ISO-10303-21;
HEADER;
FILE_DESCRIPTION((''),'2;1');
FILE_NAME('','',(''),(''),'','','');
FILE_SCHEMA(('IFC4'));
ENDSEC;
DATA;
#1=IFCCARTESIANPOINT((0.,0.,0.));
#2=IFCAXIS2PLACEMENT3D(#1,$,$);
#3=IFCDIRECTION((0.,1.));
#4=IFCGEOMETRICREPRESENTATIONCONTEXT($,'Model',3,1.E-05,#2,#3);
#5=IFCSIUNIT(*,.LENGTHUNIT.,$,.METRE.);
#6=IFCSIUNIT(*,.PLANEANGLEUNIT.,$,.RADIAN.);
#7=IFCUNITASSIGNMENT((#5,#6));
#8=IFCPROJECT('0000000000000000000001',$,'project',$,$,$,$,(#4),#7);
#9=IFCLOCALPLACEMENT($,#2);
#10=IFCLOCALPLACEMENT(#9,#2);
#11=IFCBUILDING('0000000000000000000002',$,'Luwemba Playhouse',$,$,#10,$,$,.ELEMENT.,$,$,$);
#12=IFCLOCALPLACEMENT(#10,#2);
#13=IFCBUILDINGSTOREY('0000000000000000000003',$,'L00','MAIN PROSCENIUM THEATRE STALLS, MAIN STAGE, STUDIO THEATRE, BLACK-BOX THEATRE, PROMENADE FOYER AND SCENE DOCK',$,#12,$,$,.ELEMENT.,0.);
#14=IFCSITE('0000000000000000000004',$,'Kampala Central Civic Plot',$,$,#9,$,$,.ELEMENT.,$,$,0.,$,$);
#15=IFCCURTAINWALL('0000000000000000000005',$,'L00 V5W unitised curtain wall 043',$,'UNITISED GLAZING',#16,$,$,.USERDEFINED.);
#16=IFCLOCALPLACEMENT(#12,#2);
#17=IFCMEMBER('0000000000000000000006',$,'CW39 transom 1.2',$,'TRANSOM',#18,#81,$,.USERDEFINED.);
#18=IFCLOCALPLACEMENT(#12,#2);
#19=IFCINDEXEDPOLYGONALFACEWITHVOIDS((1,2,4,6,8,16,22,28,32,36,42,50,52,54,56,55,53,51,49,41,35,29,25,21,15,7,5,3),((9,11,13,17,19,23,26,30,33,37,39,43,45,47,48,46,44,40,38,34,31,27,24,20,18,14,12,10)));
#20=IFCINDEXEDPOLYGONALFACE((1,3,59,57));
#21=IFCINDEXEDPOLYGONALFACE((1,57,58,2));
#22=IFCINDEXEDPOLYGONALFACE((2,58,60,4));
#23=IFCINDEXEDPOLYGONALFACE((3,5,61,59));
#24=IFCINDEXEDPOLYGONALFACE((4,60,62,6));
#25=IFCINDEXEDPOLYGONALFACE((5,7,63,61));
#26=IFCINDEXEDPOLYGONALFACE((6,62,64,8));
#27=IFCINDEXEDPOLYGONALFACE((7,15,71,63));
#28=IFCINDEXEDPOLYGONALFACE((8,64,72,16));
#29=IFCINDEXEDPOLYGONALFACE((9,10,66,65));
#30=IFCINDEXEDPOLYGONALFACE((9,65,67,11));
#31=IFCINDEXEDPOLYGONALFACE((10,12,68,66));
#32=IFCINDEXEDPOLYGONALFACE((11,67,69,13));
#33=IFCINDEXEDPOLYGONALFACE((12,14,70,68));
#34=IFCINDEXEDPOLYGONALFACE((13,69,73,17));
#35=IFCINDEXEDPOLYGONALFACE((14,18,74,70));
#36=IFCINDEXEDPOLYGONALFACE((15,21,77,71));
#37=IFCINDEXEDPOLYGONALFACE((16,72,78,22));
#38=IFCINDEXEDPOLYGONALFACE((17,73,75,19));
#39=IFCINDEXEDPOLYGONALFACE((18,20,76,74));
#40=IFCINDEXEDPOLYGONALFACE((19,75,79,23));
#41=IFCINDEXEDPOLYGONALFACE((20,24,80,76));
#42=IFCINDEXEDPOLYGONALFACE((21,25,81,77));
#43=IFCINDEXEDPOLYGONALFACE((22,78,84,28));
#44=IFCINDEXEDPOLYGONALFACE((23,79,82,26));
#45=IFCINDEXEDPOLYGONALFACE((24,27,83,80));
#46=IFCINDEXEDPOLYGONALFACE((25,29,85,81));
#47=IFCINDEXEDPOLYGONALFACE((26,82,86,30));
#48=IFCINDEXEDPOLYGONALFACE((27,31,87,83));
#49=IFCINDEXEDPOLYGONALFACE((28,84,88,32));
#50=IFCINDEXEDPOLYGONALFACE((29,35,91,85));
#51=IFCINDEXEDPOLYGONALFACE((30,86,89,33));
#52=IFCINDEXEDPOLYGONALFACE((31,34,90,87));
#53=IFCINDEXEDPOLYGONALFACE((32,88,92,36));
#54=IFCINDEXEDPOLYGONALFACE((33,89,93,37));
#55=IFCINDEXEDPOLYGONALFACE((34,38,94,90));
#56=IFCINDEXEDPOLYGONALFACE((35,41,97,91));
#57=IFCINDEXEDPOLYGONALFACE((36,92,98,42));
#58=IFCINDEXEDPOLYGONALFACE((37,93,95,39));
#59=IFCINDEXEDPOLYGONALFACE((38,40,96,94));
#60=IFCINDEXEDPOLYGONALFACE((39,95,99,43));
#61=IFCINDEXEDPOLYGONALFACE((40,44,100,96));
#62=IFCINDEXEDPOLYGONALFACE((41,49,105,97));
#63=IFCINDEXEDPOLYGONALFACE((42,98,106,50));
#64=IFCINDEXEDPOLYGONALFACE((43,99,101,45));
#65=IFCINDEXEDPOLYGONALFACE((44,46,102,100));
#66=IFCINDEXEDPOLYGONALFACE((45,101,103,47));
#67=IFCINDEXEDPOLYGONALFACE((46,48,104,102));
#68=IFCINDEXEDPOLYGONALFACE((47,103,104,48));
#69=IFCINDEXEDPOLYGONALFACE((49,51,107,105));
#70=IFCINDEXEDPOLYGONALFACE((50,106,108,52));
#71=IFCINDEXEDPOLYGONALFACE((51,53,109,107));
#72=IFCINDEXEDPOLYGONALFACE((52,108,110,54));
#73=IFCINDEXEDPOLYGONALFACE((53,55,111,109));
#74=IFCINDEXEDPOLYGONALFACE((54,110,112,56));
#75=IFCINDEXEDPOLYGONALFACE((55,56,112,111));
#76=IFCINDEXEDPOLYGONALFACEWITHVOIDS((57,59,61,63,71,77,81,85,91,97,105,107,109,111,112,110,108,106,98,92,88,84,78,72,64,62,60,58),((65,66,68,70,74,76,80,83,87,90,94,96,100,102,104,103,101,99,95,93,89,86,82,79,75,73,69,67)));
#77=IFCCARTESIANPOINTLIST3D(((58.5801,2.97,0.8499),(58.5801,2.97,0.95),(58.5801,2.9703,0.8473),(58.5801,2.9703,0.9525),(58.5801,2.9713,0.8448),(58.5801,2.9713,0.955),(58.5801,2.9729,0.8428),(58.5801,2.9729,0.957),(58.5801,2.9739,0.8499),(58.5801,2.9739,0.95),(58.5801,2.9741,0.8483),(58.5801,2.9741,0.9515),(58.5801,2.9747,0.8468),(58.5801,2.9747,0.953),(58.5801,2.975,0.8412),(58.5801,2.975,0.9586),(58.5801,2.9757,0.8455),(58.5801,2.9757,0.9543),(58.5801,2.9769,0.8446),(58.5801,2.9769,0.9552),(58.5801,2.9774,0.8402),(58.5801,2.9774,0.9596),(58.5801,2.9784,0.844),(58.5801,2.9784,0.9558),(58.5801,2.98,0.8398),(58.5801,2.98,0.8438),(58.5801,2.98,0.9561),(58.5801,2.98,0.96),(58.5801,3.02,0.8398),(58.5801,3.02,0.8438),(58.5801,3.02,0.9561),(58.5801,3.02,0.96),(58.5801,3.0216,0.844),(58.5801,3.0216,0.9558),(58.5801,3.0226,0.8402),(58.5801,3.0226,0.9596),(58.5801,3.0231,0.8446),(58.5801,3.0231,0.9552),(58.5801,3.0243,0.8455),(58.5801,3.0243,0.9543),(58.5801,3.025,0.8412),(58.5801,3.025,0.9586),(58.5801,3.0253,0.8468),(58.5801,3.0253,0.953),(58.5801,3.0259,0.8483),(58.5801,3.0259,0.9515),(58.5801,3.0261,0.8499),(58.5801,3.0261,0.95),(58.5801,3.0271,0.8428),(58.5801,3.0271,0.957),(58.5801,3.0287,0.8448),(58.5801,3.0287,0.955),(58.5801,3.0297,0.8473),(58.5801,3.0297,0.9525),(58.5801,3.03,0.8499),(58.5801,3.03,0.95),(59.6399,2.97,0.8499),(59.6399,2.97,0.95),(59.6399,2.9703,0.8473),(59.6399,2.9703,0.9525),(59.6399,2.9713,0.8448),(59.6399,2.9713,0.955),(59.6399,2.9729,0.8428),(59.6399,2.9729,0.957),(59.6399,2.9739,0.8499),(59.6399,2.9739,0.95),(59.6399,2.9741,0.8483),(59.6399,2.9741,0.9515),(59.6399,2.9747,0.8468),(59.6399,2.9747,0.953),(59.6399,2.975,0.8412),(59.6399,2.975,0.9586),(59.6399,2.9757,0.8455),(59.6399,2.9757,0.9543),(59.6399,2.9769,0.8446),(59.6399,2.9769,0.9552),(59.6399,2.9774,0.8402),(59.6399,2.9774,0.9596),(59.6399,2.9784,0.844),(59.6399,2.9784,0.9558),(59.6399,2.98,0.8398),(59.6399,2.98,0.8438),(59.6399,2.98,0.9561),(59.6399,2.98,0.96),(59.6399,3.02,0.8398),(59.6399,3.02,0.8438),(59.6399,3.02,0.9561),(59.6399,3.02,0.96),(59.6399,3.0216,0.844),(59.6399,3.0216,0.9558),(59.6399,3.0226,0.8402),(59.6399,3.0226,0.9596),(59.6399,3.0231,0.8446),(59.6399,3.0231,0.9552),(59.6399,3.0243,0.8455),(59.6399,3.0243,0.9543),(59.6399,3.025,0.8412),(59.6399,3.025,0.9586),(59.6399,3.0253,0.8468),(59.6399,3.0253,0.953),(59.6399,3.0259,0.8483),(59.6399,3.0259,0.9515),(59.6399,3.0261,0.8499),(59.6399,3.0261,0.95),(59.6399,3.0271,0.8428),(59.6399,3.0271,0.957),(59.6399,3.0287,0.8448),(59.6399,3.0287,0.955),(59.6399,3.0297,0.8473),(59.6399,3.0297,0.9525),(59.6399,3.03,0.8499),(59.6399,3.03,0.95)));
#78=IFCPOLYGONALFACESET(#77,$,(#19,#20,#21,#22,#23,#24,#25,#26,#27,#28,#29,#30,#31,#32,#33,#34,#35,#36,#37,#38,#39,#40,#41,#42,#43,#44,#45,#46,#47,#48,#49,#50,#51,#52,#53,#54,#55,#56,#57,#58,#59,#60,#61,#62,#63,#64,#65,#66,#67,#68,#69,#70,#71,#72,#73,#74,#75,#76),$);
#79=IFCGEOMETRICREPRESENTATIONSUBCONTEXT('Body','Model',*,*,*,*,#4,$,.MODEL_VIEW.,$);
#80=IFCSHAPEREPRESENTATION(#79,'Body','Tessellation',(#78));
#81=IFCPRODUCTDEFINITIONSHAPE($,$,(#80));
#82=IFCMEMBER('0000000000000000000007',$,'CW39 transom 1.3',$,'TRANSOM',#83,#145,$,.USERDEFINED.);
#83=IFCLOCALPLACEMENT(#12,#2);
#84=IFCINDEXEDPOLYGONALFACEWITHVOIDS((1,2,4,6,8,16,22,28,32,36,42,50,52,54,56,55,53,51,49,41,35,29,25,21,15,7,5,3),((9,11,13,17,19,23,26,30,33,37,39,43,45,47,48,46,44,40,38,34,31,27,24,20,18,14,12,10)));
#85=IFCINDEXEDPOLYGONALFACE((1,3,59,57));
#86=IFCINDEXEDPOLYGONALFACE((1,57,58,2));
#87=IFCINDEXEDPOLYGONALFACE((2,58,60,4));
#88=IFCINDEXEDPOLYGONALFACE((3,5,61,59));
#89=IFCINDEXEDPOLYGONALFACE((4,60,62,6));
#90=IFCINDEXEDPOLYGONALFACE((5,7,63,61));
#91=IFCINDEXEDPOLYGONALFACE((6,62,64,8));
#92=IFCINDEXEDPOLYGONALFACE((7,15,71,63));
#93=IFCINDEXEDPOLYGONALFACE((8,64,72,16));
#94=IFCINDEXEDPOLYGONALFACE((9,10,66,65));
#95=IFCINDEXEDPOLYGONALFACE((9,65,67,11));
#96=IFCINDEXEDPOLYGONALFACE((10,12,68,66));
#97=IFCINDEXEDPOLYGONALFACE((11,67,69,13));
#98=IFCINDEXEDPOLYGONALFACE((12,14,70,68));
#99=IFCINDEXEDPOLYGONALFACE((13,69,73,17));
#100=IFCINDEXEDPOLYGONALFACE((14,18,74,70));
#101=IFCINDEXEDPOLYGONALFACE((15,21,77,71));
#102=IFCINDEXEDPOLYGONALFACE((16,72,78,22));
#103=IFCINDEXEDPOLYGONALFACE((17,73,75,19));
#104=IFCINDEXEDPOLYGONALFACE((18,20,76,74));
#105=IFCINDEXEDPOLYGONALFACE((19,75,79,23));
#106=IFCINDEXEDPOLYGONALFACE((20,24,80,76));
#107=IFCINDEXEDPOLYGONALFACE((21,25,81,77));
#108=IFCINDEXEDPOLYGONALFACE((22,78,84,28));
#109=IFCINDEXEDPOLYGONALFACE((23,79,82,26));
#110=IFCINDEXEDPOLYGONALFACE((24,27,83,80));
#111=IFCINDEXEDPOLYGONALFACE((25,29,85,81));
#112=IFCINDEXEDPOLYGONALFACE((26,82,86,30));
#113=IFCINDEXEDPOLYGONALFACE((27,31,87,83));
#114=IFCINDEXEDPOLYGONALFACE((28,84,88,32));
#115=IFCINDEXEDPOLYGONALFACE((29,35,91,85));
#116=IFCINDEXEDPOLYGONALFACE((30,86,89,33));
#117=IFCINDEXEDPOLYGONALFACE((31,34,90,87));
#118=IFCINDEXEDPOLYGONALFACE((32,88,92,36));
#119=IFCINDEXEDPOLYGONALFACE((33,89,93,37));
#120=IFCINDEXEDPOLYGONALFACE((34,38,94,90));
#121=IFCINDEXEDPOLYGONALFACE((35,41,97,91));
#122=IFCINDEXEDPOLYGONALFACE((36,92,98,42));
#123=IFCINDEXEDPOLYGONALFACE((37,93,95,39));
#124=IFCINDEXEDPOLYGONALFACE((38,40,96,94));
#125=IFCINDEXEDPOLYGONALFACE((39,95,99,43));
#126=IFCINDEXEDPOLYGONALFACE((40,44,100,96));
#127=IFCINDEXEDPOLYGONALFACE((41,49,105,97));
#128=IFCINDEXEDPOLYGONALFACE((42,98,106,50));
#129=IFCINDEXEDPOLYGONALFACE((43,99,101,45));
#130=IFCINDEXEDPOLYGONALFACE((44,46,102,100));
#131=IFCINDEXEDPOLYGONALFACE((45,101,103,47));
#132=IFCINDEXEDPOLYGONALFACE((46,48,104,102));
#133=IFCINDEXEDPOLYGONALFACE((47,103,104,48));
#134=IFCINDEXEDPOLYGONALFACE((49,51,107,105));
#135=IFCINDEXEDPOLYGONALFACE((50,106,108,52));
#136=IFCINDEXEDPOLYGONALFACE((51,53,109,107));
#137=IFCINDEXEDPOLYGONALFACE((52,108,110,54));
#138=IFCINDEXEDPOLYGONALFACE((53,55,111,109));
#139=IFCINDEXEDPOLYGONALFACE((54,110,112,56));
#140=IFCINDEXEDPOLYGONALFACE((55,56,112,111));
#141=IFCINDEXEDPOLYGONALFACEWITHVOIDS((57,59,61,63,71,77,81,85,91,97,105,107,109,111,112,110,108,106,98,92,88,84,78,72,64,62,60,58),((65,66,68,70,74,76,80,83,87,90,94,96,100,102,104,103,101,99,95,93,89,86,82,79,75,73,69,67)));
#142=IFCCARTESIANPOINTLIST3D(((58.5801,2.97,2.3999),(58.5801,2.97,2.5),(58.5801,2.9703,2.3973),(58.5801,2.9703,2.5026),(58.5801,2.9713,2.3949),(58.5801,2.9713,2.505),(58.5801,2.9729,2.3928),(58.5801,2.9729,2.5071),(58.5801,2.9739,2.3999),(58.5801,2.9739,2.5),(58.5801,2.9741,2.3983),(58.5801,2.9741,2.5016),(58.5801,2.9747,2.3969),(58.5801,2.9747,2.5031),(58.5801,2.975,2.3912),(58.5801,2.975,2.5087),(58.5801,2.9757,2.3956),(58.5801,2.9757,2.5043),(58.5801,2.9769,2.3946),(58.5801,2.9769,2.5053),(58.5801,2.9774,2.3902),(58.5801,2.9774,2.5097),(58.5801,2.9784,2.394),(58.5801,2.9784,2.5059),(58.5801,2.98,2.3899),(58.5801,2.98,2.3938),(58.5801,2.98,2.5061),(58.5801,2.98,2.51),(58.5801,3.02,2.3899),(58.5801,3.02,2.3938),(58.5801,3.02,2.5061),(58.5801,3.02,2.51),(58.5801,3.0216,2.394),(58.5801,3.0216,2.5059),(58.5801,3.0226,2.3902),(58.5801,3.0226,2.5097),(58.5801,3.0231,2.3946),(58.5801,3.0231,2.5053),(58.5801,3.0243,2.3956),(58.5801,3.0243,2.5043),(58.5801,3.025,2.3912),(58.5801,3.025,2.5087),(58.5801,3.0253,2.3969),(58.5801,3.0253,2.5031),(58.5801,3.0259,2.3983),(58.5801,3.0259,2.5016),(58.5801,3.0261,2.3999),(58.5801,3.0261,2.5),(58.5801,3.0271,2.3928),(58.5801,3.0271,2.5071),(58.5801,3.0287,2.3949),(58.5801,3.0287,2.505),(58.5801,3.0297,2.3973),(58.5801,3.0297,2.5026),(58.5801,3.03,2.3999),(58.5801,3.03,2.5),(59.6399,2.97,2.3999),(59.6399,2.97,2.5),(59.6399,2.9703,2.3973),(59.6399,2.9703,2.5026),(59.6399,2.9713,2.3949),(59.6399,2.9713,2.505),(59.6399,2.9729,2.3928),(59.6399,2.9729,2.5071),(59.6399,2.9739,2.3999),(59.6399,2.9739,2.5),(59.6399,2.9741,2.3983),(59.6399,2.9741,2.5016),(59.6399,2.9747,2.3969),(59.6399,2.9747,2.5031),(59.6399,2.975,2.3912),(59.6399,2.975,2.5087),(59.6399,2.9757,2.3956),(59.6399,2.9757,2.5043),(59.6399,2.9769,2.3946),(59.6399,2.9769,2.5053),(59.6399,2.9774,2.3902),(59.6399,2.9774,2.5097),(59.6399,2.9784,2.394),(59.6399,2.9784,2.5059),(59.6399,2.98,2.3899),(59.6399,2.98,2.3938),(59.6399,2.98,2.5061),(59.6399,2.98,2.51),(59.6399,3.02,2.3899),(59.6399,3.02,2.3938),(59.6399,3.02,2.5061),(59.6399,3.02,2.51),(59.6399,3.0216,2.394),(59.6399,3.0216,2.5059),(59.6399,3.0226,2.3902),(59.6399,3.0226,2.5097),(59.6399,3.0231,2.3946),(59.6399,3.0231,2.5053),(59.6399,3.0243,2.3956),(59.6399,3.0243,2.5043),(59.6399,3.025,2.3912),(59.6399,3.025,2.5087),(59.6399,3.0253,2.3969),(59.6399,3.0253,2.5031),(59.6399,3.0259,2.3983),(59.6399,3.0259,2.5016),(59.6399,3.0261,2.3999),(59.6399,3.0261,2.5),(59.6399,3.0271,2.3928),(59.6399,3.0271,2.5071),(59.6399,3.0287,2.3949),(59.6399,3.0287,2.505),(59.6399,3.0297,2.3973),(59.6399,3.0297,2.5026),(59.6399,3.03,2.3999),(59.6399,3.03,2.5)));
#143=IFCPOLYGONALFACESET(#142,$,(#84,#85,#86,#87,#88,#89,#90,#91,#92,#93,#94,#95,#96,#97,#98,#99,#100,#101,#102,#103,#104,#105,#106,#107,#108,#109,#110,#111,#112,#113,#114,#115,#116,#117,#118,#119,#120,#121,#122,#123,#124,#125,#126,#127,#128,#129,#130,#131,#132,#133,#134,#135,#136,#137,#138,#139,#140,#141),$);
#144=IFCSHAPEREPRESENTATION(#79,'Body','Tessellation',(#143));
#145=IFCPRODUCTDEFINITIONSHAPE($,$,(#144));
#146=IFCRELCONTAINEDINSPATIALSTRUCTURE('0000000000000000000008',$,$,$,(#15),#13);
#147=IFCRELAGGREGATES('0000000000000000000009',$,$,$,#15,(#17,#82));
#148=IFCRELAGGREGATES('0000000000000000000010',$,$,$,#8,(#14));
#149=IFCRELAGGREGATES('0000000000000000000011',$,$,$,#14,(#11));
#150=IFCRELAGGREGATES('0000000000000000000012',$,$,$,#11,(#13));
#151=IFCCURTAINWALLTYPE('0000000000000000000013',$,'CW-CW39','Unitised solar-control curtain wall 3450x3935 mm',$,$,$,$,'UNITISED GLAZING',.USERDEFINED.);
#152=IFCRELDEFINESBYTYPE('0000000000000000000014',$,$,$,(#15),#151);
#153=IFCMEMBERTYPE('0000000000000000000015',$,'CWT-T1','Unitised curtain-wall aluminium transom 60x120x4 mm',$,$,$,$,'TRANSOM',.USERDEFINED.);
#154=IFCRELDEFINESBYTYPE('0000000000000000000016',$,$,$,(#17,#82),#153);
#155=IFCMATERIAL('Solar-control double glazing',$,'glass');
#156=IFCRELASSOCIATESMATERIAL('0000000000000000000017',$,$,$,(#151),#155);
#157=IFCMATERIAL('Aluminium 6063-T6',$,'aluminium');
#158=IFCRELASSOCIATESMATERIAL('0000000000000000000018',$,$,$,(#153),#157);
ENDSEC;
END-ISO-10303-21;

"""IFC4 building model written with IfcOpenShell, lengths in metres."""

from ifc_helpers import new_model, si_unit, direction, frame, origin, origin_2d, place, context, subcontext, project, spatial, hollow_rectangle, extrude, material, material_profile, profile_set, type_object, element, aggregate, save


model = new_model("IFC4")

# Units and contexts
model_context = context("Model", 3, precision=1e-05, world=origin(), true_north=direction((0.0, 1.0)))
body_context = subcontext(model_context, "Body", "Model", "MODEL_VIEW")
ifc_project = project(units=[si_unit("LENGTHUNIT", "METRE"), si_unit("PLANEANGLEUNIT", "RADIAN")], contexts=[model_context])

# Site, building, storey
site_placement = place(None, origin())
site = spatial("IfcSite", under=ifc_project, at=site_placement, Name="Kampala Central Civic Plot", CompositionType="ELEMENT", RefElevation=0.0)
building_placement = place(site_placement, origin())
building = spatial("IfcBuilding", under=site, at=building_placement, Name="Luwemba Playhouse", CompositionType="ELEMENT")
storey_placement = place(building_placement, origin())
storey = spatial("IfcBuildingStorey", under=building, at=storey_placement, Name="L00", Description="MAIN PROSCENIUM THEATRE STALLS, MAIN STAGE, STUDIO THEATRE, BLACK-BOX THEATRE, PROMENADE FOYER AND SCENE DOCK", CompositionType="ELEMENT", Elevation=0.0)

# Curtain wall
ifc_material_1 = material(Name="Solar-control double glazing", Category="glass")
curtain_wall_type_1 = type_object("IfcCurtainWallType", Name="CW-CW39", Description="Unitised solar-control curtain wall 3450x3935 mm", ElementType="UNITISED GLAZING", PredefinedType="USERDEFINED", material=ifc_material_1)
curtain_wall_1_placement = place(storey_placement, origin())
curtain_wall_1 = element("IfcCurtainWall", 1, at=curtain_wall_1_placement, inside=storey, type_object=curtain_wall_type_1, Name="L00 V5W unitised curtain wall 043", ObjectType="UNITISED GLAZING", PredefinedType="USERDEFINED")
ifc_material_2 = material(Name="Aluminium 6063-T6", Category="aluminium")

# Members
ifc_material_profile_1 = material_profile(ifc_material_2, hollow_rectangle(XDim=0.0601, YDim=0.1201, WallThickness=0.0039, InnerFilletRadius=0.0061, OuterFilletRadius=0.01, at=origin_2d()))
ifc_profile_set_1 = profile_set([ifc_material_profile_1], Name="Aluminium 6063-T6")
member_type_1 = type_object("IfcMemberType", Name="CWT-T1", Description="Unitised curtain-wall aluminium transom 60x120x4 mm", ElementType="TRANSOM", PredefinedType="USERDEFINED", material=ifc_profile_set_1)
member_1_placement = place(storey_placement, frame((59.6399, 3.0, 0.8999), z_axis=(-1.0, 0.0, 0.0), x_axis=(0.0, -1.0, 0.0)))
member_1 = element("IfcMember", 2, at=member_1_placement, type_object=member_type_1, Name="CW39 transom 1.2", ObjectType="TRANSOM", PredefinedType="USERDEFINED", context=body_context, shape_type="SweptSolid", body=[
    extrude(hollow_rectangle(XDim=0.0601, YDim=0.1201, WallThickness=0.0039, InnerFilletRadius=0.0061, OuterFilletRadius=0.01, at=origin_2d()), origin(), (0.0, 0.0, 1.0), 1.0598),
])
member_2_placement = place(storey_placement, frame((59.6399, 3.0, 2.45), z_axis=(-1.0, 0.0, 0.0), x_axis=(0.0, -1.0, 0.0)))
member_2 = element("IfcMember", 3, at=member_2_placement, type_object=member_type_1, Name="CW39 transom 1.3", ObjectType="TRANSOM", PredefinedType="USERDEFINED", context=body_context, shape_type="SweptSolid", body=[
    extrude(hollow_rectangle(XDim=0.0601, YDim=0.1201, WallThickness=0.0039, InnerFilletRadius=0.0061, OuterFilletRadius=0.01, at=origin_2d()), origin(), (0.0, 0.0, 1.0), 1.0598),
])
aggregate(curtain_wall_1, [member_1, member_2])

save(model, "model.ifc")
